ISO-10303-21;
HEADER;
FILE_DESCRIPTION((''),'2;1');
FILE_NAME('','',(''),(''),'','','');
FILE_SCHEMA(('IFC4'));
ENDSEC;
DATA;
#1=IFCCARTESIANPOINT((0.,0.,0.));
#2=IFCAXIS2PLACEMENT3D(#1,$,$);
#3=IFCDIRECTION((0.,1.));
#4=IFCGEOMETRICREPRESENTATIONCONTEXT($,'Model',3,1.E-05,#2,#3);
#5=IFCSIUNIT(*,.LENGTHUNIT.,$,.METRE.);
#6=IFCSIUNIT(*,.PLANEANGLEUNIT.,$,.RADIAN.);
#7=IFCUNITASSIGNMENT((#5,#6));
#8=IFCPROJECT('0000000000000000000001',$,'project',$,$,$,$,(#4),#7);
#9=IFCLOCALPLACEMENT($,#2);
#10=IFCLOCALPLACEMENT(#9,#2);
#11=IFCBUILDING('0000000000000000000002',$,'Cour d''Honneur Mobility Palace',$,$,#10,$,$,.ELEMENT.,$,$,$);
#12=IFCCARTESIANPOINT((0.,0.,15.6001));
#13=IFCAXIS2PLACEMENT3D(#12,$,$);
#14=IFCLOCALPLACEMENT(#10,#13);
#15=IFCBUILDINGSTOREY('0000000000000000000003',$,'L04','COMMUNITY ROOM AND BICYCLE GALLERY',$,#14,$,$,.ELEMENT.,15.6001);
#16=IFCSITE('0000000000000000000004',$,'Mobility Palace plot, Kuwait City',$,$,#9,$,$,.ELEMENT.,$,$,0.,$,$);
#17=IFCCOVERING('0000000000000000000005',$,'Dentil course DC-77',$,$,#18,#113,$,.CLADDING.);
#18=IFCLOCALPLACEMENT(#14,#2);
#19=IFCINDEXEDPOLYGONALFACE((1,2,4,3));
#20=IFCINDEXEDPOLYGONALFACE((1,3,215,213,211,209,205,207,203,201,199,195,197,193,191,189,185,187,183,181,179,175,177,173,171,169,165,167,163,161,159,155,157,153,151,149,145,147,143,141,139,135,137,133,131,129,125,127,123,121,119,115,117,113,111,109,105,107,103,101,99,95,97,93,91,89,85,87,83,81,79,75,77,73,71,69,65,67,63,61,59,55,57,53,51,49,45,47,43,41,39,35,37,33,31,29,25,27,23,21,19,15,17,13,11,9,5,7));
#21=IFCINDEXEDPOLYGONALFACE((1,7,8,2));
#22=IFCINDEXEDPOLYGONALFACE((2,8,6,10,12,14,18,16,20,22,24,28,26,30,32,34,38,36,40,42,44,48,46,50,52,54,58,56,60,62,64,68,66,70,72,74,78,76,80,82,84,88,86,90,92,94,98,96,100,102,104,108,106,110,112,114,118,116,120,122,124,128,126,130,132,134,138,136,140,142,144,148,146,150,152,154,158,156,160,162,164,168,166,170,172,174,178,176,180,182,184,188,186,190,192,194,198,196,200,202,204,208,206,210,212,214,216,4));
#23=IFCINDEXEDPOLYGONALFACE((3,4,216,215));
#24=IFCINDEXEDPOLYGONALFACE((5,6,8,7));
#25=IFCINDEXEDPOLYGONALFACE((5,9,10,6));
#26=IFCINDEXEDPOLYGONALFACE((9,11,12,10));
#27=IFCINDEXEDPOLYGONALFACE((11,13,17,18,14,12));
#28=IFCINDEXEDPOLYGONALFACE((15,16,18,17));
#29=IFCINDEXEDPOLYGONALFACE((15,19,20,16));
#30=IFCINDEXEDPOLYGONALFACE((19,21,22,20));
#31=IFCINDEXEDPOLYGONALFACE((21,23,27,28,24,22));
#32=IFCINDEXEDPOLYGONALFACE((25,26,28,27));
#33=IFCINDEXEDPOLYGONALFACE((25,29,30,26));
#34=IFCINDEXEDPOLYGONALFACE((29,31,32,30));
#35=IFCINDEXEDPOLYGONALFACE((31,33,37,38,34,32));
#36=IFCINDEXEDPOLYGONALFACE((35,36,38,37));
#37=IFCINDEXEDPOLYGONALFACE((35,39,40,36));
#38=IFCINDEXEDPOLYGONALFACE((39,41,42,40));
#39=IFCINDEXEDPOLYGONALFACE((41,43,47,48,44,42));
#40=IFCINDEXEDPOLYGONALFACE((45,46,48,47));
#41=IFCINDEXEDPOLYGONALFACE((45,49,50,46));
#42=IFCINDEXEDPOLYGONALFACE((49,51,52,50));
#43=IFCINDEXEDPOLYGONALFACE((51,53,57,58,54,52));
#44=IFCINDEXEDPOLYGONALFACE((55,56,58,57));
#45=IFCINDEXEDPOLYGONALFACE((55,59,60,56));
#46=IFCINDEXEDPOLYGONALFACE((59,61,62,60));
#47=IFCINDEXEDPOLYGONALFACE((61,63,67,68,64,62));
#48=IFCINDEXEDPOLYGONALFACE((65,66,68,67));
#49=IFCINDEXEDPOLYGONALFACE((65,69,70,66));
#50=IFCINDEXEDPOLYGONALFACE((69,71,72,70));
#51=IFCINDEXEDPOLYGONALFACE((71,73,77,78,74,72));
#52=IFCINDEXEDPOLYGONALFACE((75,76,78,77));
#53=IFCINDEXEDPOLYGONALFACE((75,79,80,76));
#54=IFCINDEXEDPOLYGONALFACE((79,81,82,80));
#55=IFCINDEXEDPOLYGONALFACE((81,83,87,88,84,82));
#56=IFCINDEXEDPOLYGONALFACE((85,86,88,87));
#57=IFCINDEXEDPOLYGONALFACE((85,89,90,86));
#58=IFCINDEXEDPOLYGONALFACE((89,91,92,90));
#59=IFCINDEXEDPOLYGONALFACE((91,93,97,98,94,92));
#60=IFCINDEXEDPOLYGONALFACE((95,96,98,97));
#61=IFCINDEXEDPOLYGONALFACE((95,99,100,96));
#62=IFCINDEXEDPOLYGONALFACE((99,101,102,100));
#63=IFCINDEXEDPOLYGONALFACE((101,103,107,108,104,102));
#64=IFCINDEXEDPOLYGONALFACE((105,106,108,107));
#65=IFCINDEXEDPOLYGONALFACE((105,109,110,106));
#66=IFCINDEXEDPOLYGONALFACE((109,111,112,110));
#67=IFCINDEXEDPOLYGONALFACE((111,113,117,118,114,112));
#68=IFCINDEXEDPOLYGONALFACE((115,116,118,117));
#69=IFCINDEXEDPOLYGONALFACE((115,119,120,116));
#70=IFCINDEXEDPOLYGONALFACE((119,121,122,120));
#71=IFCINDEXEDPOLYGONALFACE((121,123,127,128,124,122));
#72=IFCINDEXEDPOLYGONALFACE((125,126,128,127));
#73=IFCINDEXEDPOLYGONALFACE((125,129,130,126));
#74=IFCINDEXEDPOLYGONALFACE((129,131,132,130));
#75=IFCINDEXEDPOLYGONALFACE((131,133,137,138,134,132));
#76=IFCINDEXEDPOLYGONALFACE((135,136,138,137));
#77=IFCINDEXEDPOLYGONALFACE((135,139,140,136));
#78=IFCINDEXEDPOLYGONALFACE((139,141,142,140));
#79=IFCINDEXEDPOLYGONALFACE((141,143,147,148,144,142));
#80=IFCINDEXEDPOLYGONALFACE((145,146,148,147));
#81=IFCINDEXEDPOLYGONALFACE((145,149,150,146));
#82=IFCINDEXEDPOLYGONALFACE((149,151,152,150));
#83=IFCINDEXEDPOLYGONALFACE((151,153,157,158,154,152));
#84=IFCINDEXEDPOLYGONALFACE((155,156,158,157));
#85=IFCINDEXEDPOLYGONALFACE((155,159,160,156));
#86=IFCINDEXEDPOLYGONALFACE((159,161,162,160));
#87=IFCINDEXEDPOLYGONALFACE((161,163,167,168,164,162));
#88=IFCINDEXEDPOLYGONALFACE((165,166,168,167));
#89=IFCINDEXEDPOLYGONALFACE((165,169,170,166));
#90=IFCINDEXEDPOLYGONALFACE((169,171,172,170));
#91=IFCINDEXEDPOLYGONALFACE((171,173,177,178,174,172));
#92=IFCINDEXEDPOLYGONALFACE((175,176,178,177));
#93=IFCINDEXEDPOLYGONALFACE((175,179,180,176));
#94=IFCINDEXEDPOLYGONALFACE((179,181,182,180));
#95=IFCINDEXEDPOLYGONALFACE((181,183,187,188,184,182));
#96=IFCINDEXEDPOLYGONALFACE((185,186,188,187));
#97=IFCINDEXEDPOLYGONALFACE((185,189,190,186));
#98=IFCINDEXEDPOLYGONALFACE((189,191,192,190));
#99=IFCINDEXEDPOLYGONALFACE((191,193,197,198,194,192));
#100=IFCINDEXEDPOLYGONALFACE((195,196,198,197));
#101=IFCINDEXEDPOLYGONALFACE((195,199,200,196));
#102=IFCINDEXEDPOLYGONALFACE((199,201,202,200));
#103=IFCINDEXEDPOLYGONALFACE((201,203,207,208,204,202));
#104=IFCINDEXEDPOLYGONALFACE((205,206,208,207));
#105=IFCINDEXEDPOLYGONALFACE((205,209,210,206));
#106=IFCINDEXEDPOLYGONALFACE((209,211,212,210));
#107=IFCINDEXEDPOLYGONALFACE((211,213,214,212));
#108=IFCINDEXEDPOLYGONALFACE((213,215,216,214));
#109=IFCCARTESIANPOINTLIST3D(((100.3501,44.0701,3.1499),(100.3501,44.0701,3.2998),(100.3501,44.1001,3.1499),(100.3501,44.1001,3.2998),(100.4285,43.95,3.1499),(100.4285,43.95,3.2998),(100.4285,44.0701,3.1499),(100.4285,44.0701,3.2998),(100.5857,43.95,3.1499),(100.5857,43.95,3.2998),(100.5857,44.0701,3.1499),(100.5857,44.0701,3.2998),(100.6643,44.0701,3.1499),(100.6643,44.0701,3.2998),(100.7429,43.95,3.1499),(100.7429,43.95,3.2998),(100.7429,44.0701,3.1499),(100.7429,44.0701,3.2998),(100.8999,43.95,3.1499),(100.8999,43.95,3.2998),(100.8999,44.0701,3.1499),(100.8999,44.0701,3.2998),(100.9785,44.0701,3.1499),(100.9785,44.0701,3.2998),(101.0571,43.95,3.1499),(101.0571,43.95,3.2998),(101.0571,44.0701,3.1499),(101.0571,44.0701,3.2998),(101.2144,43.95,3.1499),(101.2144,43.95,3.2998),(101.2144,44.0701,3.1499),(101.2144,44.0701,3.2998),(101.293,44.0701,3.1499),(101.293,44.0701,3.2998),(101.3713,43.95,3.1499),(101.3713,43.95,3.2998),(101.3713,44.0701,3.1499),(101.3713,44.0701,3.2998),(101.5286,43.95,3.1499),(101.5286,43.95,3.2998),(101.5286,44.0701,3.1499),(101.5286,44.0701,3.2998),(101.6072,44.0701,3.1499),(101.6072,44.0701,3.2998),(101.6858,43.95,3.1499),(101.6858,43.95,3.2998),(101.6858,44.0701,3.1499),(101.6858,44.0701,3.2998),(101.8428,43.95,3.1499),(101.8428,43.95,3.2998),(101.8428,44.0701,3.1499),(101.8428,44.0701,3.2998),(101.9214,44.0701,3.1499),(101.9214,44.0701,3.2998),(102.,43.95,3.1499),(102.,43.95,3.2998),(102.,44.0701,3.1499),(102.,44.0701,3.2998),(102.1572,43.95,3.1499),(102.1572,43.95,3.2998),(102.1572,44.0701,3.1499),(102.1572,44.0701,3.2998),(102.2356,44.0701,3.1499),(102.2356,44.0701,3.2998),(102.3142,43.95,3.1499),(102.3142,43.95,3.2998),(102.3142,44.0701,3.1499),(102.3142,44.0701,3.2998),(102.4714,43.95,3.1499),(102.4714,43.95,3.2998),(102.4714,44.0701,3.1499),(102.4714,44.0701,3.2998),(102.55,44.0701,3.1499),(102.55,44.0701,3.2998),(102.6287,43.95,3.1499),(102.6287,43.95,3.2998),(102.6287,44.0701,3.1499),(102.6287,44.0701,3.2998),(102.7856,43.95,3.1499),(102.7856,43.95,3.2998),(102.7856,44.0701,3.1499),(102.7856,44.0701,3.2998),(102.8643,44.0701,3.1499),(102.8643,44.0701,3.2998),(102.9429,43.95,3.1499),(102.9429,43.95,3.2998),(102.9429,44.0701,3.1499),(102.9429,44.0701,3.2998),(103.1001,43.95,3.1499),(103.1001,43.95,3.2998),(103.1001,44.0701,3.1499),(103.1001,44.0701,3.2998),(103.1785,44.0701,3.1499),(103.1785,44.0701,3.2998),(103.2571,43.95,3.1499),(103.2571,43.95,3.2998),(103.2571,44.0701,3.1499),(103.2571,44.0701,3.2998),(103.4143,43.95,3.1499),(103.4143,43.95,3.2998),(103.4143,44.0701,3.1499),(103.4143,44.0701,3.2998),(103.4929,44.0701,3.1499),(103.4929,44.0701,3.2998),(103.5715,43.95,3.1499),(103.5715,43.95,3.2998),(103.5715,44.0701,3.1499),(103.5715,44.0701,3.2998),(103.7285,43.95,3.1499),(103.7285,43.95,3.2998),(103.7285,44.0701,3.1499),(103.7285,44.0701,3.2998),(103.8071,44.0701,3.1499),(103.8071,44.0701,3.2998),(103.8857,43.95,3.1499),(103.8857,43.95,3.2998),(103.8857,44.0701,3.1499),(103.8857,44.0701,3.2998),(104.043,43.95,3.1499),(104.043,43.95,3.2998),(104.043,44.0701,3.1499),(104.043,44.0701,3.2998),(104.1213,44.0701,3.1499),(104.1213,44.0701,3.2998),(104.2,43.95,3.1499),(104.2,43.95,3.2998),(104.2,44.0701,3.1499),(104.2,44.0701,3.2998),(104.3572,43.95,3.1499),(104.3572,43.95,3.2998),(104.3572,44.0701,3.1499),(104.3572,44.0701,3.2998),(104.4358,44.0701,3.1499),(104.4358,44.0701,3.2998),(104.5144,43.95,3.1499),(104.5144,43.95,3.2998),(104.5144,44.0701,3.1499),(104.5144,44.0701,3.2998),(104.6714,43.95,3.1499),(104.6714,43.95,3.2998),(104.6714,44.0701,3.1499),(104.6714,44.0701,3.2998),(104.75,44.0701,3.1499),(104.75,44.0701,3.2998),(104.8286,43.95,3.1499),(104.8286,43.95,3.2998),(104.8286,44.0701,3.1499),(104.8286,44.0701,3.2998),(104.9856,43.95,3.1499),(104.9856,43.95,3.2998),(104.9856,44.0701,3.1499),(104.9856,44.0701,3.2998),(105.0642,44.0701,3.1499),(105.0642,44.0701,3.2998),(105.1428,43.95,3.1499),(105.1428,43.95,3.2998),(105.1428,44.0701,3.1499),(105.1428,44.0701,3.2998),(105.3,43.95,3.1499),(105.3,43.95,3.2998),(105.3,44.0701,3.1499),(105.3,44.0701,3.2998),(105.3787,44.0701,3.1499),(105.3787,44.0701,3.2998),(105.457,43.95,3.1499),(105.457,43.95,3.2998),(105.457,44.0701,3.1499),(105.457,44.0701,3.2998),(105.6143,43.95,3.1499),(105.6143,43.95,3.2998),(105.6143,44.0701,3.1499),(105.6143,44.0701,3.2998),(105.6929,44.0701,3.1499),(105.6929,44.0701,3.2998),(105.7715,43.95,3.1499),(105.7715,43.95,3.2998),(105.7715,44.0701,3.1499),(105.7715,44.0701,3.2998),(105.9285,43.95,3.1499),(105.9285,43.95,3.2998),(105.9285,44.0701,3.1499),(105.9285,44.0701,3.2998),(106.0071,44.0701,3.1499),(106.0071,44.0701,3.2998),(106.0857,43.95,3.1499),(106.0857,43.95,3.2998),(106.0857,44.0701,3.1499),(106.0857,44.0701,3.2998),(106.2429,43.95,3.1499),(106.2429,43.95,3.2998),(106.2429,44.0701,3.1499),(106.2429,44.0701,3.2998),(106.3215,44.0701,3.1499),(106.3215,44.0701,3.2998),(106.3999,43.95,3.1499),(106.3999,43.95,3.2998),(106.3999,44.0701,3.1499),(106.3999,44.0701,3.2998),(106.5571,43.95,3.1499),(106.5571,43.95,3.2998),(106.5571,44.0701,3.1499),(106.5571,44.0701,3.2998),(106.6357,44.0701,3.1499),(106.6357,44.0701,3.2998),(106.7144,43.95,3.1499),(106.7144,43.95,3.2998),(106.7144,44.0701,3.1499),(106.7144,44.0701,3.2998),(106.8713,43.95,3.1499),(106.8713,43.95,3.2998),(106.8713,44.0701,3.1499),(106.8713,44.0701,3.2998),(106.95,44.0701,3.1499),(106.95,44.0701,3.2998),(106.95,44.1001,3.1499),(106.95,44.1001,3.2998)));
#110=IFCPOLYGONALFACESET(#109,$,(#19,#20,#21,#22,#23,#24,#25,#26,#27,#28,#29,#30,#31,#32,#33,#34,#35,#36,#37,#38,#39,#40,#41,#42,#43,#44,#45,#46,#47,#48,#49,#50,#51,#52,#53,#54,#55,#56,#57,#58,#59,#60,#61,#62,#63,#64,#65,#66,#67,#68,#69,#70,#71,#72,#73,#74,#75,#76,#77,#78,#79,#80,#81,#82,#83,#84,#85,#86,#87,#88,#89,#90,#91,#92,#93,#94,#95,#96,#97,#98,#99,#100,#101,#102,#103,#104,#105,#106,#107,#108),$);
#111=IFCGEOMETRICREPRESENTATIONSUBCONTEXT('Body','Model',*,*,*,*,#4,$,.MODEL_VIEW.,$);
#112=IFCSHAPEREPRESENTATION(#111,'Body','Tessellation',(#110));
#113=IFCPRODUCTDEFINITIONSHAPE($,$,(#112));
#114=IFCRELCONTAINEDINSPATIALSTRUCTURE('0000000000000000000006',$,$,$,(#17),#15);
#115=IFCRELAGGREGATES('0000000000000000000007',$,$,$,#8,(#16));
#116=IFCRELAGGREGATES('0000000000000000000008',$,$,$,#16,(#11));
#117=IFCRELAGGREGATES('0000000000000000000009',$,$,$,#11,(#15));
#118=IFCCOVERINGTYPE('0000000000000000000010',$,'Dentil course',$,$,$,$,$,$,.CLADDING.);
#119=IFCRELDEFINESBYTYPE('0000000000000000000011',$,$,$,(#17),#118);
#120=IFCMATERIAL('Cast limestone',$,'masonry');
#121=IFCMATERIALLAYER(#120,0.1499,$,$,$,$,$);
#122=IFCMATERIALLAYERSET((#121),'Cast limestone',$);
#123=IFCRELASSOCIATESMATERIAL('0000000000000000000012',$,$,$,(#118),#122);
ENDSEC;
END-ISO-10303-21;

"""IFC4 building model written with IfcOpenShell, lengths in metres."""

from ifc_helpers import new_model, si_unit, direction, frame, origin, place, context, subcontext, project, spatial, polyline, outline, extrude, material, layer, layer_set, type_object, element, save


model = new_model("IFC4")

# Units and contexts
model_context = context("Model", 3, precision=1e-05, world=origin(), true_north=direction((0.0, 1.0)))
body_context = subcontext(model_context, "Body", "Model", "MODEL_VIEW")
ifc_project = project(units=[si_unit("LENGTHUNIT", "METRE"), si_unit("PLANEANGLEUNIT", "RADIAN")], contexts=[model_context])

# Site, building, storey
site_placement = place(None, origin())
site = spatial("IfcSite", under=ifc_project, at=site_placement, Name="Mobility Palace plot, Kuwait City", CompositionType="ELEMENT", RefElevation=0.0)
building_placement = place(site_placement, origin())
building = spatial("IfcBuilding", under=site, at=building_placement, Name="Cour d'Honneur Mobility Palace", CompositionType="ELEMENT")
storey_placement = place(building_placement, frame((0.0, 0.0, 15.6001)))
storey = spatial("IfcBuildingStorey", under=building, at=storey_placement, Name="L04", Description="COMMUNITY ROOM AND BICYCLE GALLERY", CompositionType="ELEMENT", Elevation=15.6001)

# Covering
ifc_material_1 = material(Name="Cast limestone", Category="masonry")
ifc_layer_1 = layer(ifc_material_1, 0.1499)
ifc_layer_set_1 = layer_set([ifc_layer_1], Name="Cast limestone")
covering_type_1 = type_object("IfcCoveringType", Name="Dentil course", PredefinedType="CLADDING", material=ifc_layer_set_1)
covering_1_placement = place(storey_placement, frame((0.0, 0.0, 3.1499)))
element("IfcCovering", 1, at=covering_1_placement, inside=storey, type_object=covering_type_1, Name="Dentil course DC-77", PredefinedType="CLADDING", context=body_context, shape_type="SweptSolid", body=[
    extrude(outline(polyline([(100.3501, 44.1001), (106.95, 44.1001), (106.95, 44.0701), (106.95, 44.0701), (106.8713, 44.0701), (106.8713, 43.95), (106.7144, 43.95), (106.7144, 44.0701), (106.6357, 44.0701), (106.6357, 44.0701), (106.5571, 44.0701), (106.5571, 43.95), (106.3999, 43.95), (106.3999, 44.0701), (106.3215, 44.0701), (106.3215, 44.0701), (106.2429, 44.0701), (106.2429, 43.95), (106.0857, 43.95), (106.0857, 44.0701), (106.0071, 44.0701), (106.0071, 44.0701), (105.9285, 44.0701), (105.9285, 43.95), (105.7715, 43.95), (105.7715, 44.0701), (105.6929, 44.0701), (105.6929, 44.0701), (105.6143, 44.0701), (105.6143, 43.95), (105.457, 43.95), (105.457, 44.0701), (105.3787, 44.0701), (105.3787, 44.0701), (105.3, 44.0701), (105.3, 43.95), (105.1428, 43.95), (105.1428, 44.0701), (105.0642, 44.0701), (105.0642, 44.0701), (104.9856, 44.0701), (104.9856, 43.95), (104.8286, 43.95), (104.8286, 44.0701), (104.75, 44.0701), (104.75, 44.0701), (104.6714, 44.0701), (104.6714, 43.95), (104.5144, 43.95), (104.5144, 44.0701), (104.4358, 44.0701), (104.4358, 44.0701), (104.3572, 44.0701), (104.3572, 43.95), (104.2, 43.95), (104.2, 44.0701), (104.1213, 44.0701), (104.1213, 44.0701), (104.043, 44.0701), (104.043, 43.95), (103.8857, 43.95), (103.8857, 44.0701), (103.8071, 44.0701), (103.8071, 44.0701), (103.7285, 44.0701), (103.7285, 43.95), (103.5715, 43.95), (103.5715, 44.0701), (103.4929, 44.0701), (103.4929, 44.0701), (103.4143, 44.0701), (103.4143, 43.95), (103.2571, 43.95), (103.2571, 44.0701), (103.1785, 44.0701), (103.1785, 44.0701), (103.1001, 44.0701), (103.1001, 43.95), (102.9429, 43.95), (102.9429, 44.0701), (102.8643, 44.0701), (102.8643, 44.0701), (102.7856, 44.0701), (102.7856, 43.95), (102.6287, 43.95), (102.6287, 44.0701), (102.55, 44.0701), (102.55, 44.0701), (102.4714, 44.0701), (102.4714, 43.95), (102.3142, 43.95), (102.3142, 44.0701), (102.2356, 44.0701), (102.2356, 44.0701), (102.1572, 44.0701), (102.1572, 43.95), (102.0, 43.95), (102.0, 44.0701), (101.9214, 44.0701), (101.9214, 44.0701), (101.8428, 44.0701), (101.8428, 43.95), (101.6858, 43.95), (101.6858, 44.0701), (101.6072, 44.0701), (101.6072, 44.0701), (101.5286, 44.0701), (101.5286, 43.95), (101.3713, 43.95), (101.3713, 44.0701), (101.293, 44.0701), (101.293, 44.0701), (101.2144, 44.0701), (101.2144, 43.95), (101.0571, 43.95), (101.0571, 44.0701), (100.9785, 44.0701), (100.9785, 44.0701), (100.8999, 44.0701), (100.8999, 43.95), (100.7429, 43.95), (100.7429, 44.0701), (100.6643, 44.0701), (100.6643, 44.0701), (100.5857, 44.0701), (100.5857, 43.95), (100.4285, 43.95), (100.4285, 44.0701), (100.3501, 44.0701), (100.3501, 44.1001)])), origin(), (0.0, 0.0, 1.0), 0.1499),
])

save(model, "model.ifc")
